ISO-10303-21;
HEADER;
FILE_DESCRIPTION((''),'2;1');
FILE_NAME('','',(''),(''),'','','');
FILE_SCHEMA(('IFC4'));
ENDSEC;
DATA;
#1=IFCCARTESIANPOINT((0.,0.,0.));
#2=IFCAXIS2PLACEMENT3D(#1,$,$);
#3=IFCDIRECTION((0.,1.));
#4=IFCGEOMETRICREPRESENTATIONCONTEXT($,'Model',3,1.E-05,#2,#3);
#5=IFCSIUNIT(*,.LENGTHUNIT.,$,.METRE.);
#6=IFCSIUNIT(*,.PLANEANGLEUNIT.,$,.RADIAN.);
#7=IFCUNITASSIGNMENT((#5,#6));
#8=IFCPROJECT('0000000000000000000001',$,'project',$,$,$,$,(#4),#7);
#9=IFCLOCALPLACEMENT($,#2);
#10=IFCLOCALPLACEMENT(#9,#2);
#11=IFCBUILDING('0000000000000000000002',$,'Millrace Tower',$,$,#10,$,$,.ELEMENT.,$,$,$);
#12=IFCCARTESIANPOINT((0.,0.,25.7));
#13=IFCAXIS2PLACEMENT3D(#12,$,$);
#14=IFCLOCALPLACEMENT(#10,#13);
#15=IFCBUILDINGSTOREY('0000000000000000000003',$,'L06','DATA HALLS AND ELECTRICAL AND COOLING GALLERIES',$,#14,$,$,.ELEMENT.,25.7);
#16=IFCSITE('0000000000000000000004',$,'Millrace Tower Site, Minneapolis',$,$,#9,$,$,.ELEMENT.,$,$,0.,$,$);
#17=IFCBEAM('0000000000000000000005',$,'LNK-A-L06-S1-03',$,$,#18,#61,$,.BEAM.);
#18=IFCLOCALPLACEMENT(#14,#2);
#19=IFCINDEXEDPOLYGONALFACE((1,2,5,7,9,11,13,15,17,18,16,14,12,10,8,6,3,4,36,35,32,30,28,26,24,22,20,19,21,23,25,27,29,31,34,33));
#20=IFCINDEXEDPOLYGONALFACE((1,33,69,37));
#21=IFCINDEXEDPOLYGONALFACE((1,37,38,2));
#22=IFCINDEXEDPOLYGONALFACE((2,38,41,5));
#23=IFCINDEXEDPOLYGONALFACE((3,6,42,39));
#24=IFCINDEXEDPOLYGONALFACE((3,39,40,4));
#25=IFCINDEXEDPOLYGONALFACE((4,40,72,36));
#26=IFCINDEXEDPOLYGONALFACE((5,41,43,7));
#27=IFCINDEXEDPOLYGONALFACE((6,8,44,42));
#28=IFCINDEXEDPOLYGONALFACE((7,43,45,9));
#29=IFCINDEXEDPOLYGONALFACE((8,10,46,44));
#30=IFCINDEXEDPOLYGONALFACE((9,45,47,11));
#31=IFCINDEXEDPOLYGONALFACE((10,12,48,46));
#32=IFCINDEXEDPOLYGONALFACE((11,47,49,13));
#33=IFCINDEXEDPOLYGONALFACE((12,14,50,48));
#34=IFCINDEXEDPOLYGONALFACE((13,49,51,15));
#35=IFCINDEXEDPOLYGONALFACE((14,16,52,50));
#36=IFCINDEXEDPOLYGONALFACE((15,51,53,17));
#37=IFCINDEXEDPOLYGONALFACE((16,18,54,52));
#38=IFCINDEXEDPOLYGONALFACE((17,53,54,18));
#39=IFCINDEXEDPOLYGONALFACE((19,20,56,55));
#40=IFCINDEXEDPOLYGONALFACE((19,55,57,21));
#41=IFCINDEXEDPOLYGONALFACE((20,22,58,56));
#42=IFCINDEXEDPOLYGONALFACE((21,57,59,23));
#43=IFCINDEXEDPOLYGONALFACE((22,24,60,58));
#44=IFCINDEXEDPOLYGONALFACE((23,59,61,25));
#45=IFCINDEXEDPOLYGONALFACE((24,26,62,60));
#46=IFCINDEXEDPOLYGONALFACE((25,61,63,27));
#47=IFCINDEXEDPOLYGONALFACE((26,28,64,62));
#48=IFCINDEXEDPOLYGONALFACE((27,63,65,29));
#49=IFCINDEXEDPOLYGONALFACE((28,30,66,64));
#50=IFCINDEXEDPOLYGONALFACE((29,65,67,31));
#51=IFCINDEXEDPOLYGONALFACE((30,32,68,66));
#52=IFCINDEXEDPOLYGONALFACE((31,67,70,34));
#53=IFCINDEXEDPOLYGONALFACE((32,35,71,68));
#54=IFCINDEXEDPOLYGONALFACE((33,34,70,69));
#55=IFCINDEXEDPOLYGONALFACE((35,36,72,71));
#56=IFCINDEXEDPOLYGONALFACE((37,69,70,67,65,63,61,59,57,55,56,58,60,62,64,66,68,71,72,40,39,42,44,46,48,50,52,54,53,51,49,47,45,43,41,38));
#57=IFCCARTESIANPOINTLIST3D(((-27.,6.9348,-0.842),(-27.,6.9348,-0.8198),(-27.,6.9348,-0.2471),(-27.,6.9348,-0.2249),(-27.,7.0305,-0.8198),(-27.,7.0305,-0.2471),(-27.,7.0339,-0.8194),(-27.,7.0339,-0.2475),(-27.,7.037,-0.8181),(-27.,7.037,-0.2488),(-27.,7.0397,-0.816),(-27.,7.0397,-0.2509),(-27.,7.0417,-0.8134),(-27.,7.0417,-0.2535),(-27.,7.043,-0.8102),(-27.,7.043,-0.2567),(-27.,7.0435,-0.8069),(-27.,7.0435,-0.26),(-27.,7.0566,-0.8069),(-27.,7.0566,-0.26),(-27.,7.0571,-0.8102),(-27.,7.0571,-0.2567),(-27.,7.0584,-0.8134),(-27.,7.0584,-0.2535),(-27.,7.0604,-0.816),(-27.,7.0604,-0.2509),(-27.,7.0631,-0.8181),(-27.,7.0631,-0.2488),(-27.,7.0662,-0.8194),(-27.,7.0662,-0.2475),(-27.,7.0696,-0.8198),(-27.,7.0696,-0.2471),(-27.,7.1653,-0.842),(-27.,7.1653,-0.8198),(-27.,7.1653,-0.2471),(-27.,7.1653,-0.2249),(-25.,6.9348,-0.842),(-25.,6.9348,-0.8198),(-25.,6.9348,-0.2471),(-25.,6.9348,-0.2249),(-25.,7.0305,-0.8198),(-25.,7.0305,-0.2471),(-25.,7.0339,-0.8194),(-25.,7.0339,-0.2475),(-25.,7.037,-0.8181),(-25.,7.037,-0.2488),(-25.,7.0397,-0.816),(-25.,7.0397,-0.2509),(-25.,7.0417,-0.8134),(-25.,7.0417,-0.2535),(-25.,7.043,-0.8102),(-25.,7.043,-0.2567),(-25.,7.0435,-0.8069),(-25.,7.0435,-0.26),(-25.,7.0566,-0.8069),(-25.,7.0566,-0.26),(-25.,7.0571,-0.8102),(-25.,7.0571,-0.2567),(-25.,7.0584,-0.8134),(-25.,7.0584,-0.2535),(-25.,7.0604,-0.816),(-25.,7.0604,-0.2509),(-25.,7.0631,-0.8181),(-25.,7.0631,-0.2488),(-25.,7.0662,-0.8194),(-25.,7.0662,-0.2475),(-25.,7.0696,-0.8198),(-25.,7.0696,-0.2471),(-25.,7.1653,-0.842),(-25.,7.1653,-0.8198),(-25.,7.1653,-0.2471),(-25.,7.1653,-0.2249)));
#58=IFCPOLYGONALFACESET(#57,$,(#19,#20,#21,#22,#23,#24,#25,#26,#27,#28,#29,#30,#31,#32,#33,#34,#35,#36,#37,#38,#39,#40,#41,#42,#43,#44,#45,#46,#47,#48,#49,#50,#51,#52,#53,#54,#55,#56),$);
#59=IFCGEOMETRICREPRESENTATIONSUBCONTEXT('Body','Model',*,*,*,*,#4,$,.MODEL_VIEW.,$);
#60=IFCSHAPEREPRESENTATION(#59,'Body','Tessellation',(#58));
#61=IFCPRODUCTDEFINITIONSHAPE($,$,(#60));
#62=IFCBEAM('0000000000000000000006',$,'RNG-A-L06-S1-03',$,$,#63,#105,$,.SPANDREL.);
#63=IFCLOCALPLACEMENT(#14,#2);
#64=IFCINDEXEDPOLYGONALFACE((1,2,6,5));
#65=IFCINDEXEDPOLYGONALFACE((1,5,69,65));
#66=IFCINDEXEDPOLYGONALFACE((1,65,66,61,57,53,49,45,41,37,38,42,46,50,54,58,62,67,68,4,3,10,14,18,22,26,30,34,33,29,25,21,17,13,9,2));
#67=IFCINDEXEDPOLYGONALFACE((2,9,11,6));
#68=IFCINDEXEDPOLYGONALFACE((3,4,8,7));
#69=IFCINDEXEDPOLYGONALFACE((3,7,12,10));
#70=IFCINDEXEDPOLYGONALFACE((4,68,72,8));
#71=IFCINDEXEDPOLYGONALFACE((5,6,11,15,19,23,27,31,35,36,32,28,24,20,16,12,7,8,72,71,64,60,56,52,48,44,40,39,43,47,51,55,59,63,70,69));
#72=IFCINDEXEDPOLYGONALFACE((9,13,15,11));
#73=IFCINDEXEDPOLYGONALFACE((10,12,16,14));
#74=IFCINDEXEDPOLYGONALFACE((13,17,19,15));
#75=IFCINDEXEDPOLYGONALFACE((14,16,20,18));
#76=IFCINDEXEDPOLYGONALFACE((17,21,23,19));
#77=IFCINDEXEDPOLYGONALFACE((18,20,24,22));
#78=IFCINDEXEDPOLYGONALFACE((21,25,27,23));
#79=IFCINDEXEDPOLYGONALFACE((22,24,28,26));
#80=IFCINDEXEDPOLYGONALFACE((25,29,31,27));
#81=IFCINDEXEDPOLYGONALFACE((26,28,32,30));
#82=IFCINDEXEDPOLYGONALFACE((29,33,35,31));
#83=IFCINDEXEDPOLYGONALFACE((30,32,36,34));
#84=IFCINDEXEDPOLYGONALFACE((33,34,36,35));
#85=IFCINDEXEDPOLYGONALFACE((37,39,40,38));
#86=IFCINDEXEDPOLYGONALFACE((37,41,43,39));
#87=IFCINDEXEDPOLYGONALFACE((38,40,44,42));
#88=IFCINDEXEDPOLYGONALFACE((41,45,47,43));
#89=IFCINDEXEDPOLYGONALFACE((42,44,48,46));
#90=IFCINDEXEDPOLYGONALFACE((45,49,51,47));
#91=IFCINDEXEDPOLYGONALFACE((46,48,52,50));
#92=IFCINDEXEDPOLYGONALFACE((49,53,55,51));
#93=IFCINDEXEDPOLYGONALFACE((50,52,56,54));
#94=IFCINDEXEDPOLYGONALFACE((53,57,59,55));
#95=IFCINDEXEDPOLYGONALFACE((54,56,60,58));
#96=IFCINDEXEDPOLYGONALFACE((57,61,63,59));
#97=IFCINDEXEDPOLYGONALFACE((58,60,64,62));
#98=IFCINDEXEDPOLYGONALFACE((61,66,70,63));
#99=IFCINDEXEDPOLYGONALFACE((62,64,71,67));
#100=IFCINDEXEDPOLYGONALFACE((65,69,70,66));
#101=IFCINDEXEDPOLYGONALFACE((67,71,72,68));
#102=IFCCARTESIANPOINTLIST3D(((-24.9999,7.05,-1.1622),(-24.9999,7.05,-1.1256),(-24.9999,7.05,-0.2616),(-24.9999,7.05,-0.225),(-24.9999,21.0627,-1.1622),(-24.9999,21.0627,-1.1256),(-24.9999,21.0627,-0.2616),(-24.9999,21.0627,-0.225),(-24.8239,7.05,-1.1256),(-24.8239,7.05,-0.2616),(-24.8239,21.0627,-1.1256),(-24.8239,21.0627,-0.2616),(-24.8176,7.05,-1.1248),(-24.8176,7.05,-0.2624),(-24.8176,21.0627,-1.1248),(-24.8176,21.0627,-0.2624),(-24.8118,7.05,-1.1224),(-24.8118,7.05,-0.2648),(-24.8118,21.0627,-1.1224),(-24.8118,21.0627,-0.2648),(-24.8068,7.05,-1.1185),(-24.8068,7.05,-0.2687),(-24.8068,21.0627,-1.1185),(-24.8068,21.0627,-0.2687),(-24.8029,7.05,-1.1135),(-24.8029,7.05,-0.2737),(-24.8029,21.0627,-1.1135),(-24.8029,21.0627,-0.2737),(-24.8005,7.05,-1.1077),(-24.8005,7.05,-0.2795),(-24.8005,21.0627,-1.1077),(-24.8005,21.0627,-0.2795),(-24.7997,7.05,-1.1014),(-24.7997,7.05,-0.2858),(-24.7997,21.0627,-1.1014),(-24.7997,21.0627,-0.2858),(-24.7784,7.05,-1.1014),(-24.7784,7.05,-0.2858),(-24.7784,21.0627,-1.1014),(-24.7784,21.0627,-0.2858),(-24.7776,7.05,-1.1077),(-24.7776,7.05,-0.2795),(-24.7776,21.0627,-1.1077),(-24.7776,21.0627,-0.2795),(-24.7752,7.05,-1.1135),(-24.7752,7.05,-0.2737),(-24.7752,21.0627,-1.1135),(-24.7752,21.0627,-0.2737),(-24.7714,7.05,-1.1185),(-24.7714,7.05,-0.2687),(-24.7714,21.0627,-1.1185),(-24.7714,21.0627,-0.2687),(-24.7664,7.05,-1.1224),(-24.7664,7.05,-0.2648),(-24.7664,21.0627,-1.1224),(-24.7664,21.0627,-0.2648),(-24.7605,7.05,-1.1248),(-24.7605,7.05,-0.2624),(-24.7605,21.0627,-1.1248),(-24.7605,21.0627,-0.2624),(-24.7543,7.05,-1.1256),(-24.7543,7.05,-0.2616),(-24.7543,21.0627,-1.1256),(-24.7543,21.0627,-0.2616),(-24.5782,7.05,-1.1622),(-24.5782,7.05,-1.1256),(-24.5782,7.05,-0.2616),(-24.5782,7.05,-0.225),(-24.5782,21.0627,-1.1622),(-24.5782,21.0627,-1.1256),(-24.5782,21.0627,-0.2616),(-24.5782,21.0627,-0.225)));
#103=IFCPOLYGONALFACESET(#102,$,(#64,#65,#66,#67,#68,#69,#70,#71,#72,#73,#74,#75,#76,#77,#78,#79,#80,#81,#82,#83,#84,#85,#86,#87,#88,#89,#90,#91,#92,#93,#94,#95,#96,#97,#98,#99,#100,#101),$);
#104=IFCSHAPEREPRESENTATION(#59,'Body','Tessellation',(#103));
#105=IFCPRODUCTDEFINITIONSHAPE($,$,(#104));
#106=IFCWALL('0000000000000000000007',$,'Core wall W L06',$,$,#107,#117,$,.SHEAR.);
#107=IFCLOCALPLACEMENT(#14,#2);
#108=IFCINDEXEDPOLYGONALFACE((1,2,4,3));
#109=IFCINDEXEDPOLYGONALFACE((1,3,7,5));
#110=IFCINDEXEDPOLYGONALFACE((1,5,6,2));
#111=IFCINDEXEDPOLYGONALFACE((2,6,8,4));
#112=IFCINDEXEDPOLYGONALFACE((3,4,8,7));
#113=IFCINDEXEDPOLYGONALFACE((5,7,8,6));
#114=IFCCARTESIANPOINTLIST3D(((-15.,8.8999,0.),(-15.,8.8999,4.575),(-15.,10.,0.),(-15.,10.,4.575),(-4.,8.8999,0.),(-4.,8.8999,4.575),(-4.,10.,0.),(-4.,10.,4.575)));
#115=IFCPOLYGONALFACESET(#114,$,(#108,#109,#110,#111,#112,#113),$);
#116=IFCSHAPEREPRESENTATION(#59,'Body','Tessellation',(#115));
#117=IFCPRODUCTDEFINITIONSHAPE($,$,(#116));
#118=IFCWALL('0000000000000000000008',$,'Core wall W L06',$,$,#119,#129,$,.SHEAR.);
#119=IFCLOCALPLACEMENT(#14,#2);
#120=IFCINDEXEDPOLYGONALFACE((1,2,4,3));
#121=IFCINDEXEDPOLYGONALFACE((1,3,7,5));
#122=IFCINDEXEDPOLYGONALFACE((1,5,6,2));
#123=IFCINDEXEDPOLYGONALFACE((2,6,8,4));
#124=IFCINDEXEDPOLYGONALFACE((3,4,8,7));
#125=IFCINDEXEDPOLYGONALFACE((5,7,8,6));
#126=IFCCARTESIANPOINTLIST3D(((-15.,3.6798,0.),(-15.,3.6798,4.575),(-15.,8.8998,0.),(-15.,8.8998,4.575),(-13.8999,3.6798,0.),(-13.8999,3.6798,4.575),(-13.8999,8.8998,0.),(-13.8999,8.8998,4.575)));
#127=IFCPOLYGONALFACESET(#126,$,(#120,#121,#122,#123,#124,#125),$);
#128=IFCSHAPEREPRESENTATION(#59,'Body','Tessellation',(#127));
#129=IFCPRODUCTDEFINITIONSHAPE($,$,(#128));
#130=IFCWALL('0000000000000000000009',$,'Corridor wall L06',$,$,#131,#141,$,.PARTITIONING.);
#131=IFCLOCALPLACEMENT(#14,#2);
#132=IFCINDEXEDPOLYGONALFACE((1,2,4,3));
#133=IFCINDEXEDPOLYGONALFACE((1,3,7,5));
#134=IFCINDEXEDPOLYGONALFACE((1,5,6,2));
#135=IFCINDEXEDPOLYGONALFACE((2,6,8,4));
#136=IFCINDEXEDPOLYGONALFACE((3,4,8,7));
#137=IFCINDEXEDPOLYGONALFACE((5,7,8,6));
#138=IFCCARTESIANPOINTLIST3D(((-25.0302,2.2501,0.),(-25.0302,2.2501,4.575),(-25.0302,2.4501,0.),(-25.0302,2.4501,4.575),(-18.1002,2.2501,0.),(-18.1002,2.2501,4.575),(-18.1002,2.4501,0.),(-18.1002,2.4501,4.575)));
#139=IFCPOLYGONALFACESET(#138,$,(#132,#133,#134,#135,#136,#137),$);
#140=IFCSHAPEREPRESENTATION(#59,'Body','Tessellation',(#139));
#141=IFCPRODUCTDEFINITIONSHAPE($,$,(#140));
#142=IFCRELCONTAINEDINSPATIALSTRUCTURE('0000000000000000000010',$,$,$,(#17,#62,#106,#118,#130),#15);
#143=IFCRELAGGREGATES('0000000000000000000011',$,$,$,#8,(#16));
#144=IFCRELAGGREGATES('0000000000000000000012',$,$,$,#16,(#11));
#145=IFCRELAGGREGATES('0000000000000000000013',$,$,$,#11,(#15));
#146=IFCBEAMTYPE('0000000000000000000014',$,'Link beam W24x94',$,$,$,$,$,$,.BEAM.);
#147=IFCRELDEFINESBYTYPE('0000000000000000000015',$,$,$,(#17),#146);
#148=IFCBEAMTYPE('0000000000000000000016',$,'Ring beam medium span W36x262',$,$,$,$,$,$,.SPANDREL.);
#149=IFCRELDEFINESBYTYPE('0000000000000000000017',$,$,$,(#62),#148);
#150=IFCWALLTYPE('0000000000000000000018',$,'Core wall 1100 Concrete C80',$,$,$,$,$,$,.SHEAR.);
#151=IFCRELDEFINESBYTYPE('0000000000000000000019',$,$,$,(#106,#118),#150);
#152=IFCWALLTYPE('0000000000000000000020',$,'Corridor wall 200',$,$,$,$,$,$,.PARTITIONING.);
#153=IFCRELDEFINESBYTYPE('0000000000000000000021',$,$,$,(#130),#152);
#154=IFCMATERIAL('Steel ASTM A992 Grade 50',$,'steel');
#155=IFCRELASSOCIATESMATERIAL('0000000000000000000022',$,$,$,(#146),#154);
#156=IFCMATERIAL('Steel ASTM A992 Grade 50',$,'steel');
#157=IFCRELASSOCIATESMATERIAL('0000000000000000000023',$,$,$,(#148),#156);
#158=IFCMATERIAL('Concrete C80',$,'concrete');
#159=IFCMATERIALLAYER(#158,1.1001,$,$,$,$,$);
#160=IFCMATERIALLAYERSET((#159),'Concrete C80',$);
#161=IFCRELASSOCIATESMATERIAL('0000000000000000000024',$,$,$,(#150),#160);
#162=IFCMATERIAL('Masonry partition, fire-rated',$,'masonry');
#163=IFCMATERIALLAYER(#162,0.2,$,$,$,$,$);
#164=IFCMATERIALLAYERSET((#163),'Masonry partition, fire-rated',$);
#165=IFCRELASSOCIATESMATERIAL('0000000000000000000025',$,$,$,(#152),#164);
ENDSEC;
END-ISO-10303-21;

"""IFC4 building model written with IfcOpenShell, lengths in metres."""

from ifc_helpers import new_model, si_unit, direction, frame, frame_2d, origin, origin_2d, place, context, subcontext, project, spatial, rectangle, i_section, extrude, material, layer, layer_set, material_profile, profile_set, type_object, element, save


model = new_model("IFC4")

# Units and contexts
model_context = context("Model", 3, precision=1e-05, world=origin(), true_north=direction((0.0, 1.0)))
body_context = subcontext(model_context, "Body", "Model", "MODEL_VIEW")
ifc_project = project(units=[si_unit("LENGTHUNIT", "METRE"), si_unit("PLANEANGLEUNIT", "RADIAN")], contexts=[model_context])

# Site, building, storey
site_placement = place(None, origin())
site = spatial("IfcSite", under=ifc_project, at=site_placement, Name="Millrace Tower Site, Minneapolis", CompositionType="ELEMENT", RefElevation=0.0)
building_placement = place(site_placement, origin())
building = spatial("IfcBuilding", under=site, at=building_placement, Name="Millrace Tower", CompositionType="ELEMENT")
storey_placement = place(building_placement, frame((0.0, 0.0, 25.7)))
storey = spatial("IfcBuildingStorey", under=building, at=storey_placement, Name="L06", Description="DATA HALLS AND ELECTRICAL AND COOLING GALLERIES", CompositionType="ELEMENT", Elevation=25.7)

# Beams
ifc_material_1 = material(Name="Steel ASTM A992 Grade 50", Category="steel")
ifc_material_profile_1 = material_profile(ifc_material_1, i_section(OverallWidth=0.2305, OverallDepth=0.6172, WebThickness=0.0132, FlangeThickness=0.0222, FilletRadius=0.0129, at=origin_2d()))
ifc_profile_set_1 = profile_set([ifc_material_profile_1], Name="Steel ASTM A992 Grade 50")
beam_type_1 = type_object("IfcBeamType", Name="Link beam W24x94", PredefinedType="BEAM", material=ifc_profile_set_1)
beam_1_placement = place(storey_placement, frame((-25.0, 7.05, -0.5334), z_axis=(-1.0, 0.0, 0.0), x_axis=(0.0, -1.0, 0.0)))
element("IfcBeam", 1, at=beam_1_placement, inside=storey, type_object=beam_type_1, Name="LNK-A-L06-S1-03", PredefinedType="BEAM", context=body_context, shape_type="SweptSolid", body=[
    extrude(i_section(OverallWidth=0.2305, OverallDepth=0.6172, WebThickness=0.0132, FlangeThickness=0.0222, FilletRadius=0.0129, at=origin_2d()), origin(), (0.0, 0.0, 1.0), 2.0),
])
ifc_material_2 = material(Name="Steel ASTM A992 Grade 50", Category="steel")
ifc_material_profile_2 = material_profile(ifc_material_2, i_section(OverallWidth=0.4216, OverallDepth=0.9373, WebThickness=0.0212, FlangeThickness=0.0366, FilletRadius=0.0242, at=origin_2d()))
ifc_profile_set_2 = profile_set([ifc_material_profile_2], Name="Steel ASTM A992 Grade 50")
beam_type_2 = type_object("IfcBeamType", Name="Ring beam medium span W36x262", PredefinedType="SPANDREL", material=ifc_profile_set_2)
beam_2_placement = place(storey_placement, frame((-24.7891, 7.05, -0.6936), z_axis=(0.0, 1.0, 0.0), x_axis=(-1.0, 0.0, 0.0)))
element("IfcBeam", 2, at=beam_2_placement, inside=storey, type_object=beam_type_2, Name="RNG-A-L06-S1-03", PredefinedType="SPANDREL", context=body_context, shape_type="SweptSolid", body=[
    extrude(i_section(OverallWidth=0.4216, OverallDepth=0.9373, WebThickness=0.0212, FlangeThickness=0.0366, FilletRadius=0.0242, at=origin_2d()), origin(), (0.0, 0.0, 1.0), 14.0127),
])

# Walls
ifc_material_3 = material(Name="Concrete C80", Category="concrete")
ifc_layer_1 = layer(ifc_material_3, 1.1001)
ifc_layer_set_1 = layer_set([ifc_layer_1], Name="Concrete C80")
wall_type_1 = type_object("IfcWallType", Name="Core wall 1100 Concrete C80", PredefinedType="SHEAR", material=ifc_layer_set_1)
wall_1_placement = place(storey_placement, frame((-15.0, 9.45, 0.0), z_axis=(0.0, 0.0, 1.0), x_axis=(1.0, 0.0, 0.0)))
element("IfcWall", 3, at=wall_1_placement, inside=storey, type_object=wall_type_1, Name="Core wall W L06", PredefinedType="SHEAR", context=body_context, shape_type="SweptSolid", body=[
    extrude(rectangle(XDim=11.0, YDim=1.1001, at=frame_2d((5.5, 0.0))), origin(), (0.0, 0.0, 1.0), 4.575),
])
wall_2_placement = place(storey_placement, frame((-14.45, 3.6799, 0.0), z_axis=(0.0, 0.0, 1.0), x_axis=(0.0, 1.0, 0.0)))
element("IfcWall", 4, at=wall_2_placement, inside=storey, type_object=wall_type_1, Name="Core wall W L06", PredefinedType="SHEAR", context=body_context, shape_type="SweptSolid", body=[
    extrude(rectangle(XDim=5.22, YDim=1.1001, at=frame_2d((2.6099, 0.0))), origin(), (0.0, 0.0, 1.0), 4.575),
])
ifc_material_4 = material(Name="Masonry partition, fire-rated", Category="masonry")
ifc_layer_2 = layer(ifc_material_4, 0.2)
ifc_layer_set_2 = layer_set([ifc_layer_2], Name="Masonry partition, fire-rated")
wall_type_2 = type_object("IfcWallType", Name="Corridor wall 200", PredefinedType="PARTITIONING", material=ifc_layer_set_2)
wall_3_placement = place(storey_placement, frame((-25.03, 2.3501, 0.0), z_axis=(0.0, 0.0, 1.0), x_axis=(1.0, 0.0, 0.0)))
element("IfcWall", 5, at=wall_3_placement, inside=storey, type_object=wall_type_2, Name="Corridor wall L06", PredefinedType="PARTITIONING", context=body_context, shape_type="SweptSolid", body=[
    extrude(rectangle(XDim=6.9299, YDim=0.2, at=frame_2d((3.4648, 0.0))), origin(), (0.0, 0.0, 1.0), 4.575),
])

save(model, "model.ifc")
